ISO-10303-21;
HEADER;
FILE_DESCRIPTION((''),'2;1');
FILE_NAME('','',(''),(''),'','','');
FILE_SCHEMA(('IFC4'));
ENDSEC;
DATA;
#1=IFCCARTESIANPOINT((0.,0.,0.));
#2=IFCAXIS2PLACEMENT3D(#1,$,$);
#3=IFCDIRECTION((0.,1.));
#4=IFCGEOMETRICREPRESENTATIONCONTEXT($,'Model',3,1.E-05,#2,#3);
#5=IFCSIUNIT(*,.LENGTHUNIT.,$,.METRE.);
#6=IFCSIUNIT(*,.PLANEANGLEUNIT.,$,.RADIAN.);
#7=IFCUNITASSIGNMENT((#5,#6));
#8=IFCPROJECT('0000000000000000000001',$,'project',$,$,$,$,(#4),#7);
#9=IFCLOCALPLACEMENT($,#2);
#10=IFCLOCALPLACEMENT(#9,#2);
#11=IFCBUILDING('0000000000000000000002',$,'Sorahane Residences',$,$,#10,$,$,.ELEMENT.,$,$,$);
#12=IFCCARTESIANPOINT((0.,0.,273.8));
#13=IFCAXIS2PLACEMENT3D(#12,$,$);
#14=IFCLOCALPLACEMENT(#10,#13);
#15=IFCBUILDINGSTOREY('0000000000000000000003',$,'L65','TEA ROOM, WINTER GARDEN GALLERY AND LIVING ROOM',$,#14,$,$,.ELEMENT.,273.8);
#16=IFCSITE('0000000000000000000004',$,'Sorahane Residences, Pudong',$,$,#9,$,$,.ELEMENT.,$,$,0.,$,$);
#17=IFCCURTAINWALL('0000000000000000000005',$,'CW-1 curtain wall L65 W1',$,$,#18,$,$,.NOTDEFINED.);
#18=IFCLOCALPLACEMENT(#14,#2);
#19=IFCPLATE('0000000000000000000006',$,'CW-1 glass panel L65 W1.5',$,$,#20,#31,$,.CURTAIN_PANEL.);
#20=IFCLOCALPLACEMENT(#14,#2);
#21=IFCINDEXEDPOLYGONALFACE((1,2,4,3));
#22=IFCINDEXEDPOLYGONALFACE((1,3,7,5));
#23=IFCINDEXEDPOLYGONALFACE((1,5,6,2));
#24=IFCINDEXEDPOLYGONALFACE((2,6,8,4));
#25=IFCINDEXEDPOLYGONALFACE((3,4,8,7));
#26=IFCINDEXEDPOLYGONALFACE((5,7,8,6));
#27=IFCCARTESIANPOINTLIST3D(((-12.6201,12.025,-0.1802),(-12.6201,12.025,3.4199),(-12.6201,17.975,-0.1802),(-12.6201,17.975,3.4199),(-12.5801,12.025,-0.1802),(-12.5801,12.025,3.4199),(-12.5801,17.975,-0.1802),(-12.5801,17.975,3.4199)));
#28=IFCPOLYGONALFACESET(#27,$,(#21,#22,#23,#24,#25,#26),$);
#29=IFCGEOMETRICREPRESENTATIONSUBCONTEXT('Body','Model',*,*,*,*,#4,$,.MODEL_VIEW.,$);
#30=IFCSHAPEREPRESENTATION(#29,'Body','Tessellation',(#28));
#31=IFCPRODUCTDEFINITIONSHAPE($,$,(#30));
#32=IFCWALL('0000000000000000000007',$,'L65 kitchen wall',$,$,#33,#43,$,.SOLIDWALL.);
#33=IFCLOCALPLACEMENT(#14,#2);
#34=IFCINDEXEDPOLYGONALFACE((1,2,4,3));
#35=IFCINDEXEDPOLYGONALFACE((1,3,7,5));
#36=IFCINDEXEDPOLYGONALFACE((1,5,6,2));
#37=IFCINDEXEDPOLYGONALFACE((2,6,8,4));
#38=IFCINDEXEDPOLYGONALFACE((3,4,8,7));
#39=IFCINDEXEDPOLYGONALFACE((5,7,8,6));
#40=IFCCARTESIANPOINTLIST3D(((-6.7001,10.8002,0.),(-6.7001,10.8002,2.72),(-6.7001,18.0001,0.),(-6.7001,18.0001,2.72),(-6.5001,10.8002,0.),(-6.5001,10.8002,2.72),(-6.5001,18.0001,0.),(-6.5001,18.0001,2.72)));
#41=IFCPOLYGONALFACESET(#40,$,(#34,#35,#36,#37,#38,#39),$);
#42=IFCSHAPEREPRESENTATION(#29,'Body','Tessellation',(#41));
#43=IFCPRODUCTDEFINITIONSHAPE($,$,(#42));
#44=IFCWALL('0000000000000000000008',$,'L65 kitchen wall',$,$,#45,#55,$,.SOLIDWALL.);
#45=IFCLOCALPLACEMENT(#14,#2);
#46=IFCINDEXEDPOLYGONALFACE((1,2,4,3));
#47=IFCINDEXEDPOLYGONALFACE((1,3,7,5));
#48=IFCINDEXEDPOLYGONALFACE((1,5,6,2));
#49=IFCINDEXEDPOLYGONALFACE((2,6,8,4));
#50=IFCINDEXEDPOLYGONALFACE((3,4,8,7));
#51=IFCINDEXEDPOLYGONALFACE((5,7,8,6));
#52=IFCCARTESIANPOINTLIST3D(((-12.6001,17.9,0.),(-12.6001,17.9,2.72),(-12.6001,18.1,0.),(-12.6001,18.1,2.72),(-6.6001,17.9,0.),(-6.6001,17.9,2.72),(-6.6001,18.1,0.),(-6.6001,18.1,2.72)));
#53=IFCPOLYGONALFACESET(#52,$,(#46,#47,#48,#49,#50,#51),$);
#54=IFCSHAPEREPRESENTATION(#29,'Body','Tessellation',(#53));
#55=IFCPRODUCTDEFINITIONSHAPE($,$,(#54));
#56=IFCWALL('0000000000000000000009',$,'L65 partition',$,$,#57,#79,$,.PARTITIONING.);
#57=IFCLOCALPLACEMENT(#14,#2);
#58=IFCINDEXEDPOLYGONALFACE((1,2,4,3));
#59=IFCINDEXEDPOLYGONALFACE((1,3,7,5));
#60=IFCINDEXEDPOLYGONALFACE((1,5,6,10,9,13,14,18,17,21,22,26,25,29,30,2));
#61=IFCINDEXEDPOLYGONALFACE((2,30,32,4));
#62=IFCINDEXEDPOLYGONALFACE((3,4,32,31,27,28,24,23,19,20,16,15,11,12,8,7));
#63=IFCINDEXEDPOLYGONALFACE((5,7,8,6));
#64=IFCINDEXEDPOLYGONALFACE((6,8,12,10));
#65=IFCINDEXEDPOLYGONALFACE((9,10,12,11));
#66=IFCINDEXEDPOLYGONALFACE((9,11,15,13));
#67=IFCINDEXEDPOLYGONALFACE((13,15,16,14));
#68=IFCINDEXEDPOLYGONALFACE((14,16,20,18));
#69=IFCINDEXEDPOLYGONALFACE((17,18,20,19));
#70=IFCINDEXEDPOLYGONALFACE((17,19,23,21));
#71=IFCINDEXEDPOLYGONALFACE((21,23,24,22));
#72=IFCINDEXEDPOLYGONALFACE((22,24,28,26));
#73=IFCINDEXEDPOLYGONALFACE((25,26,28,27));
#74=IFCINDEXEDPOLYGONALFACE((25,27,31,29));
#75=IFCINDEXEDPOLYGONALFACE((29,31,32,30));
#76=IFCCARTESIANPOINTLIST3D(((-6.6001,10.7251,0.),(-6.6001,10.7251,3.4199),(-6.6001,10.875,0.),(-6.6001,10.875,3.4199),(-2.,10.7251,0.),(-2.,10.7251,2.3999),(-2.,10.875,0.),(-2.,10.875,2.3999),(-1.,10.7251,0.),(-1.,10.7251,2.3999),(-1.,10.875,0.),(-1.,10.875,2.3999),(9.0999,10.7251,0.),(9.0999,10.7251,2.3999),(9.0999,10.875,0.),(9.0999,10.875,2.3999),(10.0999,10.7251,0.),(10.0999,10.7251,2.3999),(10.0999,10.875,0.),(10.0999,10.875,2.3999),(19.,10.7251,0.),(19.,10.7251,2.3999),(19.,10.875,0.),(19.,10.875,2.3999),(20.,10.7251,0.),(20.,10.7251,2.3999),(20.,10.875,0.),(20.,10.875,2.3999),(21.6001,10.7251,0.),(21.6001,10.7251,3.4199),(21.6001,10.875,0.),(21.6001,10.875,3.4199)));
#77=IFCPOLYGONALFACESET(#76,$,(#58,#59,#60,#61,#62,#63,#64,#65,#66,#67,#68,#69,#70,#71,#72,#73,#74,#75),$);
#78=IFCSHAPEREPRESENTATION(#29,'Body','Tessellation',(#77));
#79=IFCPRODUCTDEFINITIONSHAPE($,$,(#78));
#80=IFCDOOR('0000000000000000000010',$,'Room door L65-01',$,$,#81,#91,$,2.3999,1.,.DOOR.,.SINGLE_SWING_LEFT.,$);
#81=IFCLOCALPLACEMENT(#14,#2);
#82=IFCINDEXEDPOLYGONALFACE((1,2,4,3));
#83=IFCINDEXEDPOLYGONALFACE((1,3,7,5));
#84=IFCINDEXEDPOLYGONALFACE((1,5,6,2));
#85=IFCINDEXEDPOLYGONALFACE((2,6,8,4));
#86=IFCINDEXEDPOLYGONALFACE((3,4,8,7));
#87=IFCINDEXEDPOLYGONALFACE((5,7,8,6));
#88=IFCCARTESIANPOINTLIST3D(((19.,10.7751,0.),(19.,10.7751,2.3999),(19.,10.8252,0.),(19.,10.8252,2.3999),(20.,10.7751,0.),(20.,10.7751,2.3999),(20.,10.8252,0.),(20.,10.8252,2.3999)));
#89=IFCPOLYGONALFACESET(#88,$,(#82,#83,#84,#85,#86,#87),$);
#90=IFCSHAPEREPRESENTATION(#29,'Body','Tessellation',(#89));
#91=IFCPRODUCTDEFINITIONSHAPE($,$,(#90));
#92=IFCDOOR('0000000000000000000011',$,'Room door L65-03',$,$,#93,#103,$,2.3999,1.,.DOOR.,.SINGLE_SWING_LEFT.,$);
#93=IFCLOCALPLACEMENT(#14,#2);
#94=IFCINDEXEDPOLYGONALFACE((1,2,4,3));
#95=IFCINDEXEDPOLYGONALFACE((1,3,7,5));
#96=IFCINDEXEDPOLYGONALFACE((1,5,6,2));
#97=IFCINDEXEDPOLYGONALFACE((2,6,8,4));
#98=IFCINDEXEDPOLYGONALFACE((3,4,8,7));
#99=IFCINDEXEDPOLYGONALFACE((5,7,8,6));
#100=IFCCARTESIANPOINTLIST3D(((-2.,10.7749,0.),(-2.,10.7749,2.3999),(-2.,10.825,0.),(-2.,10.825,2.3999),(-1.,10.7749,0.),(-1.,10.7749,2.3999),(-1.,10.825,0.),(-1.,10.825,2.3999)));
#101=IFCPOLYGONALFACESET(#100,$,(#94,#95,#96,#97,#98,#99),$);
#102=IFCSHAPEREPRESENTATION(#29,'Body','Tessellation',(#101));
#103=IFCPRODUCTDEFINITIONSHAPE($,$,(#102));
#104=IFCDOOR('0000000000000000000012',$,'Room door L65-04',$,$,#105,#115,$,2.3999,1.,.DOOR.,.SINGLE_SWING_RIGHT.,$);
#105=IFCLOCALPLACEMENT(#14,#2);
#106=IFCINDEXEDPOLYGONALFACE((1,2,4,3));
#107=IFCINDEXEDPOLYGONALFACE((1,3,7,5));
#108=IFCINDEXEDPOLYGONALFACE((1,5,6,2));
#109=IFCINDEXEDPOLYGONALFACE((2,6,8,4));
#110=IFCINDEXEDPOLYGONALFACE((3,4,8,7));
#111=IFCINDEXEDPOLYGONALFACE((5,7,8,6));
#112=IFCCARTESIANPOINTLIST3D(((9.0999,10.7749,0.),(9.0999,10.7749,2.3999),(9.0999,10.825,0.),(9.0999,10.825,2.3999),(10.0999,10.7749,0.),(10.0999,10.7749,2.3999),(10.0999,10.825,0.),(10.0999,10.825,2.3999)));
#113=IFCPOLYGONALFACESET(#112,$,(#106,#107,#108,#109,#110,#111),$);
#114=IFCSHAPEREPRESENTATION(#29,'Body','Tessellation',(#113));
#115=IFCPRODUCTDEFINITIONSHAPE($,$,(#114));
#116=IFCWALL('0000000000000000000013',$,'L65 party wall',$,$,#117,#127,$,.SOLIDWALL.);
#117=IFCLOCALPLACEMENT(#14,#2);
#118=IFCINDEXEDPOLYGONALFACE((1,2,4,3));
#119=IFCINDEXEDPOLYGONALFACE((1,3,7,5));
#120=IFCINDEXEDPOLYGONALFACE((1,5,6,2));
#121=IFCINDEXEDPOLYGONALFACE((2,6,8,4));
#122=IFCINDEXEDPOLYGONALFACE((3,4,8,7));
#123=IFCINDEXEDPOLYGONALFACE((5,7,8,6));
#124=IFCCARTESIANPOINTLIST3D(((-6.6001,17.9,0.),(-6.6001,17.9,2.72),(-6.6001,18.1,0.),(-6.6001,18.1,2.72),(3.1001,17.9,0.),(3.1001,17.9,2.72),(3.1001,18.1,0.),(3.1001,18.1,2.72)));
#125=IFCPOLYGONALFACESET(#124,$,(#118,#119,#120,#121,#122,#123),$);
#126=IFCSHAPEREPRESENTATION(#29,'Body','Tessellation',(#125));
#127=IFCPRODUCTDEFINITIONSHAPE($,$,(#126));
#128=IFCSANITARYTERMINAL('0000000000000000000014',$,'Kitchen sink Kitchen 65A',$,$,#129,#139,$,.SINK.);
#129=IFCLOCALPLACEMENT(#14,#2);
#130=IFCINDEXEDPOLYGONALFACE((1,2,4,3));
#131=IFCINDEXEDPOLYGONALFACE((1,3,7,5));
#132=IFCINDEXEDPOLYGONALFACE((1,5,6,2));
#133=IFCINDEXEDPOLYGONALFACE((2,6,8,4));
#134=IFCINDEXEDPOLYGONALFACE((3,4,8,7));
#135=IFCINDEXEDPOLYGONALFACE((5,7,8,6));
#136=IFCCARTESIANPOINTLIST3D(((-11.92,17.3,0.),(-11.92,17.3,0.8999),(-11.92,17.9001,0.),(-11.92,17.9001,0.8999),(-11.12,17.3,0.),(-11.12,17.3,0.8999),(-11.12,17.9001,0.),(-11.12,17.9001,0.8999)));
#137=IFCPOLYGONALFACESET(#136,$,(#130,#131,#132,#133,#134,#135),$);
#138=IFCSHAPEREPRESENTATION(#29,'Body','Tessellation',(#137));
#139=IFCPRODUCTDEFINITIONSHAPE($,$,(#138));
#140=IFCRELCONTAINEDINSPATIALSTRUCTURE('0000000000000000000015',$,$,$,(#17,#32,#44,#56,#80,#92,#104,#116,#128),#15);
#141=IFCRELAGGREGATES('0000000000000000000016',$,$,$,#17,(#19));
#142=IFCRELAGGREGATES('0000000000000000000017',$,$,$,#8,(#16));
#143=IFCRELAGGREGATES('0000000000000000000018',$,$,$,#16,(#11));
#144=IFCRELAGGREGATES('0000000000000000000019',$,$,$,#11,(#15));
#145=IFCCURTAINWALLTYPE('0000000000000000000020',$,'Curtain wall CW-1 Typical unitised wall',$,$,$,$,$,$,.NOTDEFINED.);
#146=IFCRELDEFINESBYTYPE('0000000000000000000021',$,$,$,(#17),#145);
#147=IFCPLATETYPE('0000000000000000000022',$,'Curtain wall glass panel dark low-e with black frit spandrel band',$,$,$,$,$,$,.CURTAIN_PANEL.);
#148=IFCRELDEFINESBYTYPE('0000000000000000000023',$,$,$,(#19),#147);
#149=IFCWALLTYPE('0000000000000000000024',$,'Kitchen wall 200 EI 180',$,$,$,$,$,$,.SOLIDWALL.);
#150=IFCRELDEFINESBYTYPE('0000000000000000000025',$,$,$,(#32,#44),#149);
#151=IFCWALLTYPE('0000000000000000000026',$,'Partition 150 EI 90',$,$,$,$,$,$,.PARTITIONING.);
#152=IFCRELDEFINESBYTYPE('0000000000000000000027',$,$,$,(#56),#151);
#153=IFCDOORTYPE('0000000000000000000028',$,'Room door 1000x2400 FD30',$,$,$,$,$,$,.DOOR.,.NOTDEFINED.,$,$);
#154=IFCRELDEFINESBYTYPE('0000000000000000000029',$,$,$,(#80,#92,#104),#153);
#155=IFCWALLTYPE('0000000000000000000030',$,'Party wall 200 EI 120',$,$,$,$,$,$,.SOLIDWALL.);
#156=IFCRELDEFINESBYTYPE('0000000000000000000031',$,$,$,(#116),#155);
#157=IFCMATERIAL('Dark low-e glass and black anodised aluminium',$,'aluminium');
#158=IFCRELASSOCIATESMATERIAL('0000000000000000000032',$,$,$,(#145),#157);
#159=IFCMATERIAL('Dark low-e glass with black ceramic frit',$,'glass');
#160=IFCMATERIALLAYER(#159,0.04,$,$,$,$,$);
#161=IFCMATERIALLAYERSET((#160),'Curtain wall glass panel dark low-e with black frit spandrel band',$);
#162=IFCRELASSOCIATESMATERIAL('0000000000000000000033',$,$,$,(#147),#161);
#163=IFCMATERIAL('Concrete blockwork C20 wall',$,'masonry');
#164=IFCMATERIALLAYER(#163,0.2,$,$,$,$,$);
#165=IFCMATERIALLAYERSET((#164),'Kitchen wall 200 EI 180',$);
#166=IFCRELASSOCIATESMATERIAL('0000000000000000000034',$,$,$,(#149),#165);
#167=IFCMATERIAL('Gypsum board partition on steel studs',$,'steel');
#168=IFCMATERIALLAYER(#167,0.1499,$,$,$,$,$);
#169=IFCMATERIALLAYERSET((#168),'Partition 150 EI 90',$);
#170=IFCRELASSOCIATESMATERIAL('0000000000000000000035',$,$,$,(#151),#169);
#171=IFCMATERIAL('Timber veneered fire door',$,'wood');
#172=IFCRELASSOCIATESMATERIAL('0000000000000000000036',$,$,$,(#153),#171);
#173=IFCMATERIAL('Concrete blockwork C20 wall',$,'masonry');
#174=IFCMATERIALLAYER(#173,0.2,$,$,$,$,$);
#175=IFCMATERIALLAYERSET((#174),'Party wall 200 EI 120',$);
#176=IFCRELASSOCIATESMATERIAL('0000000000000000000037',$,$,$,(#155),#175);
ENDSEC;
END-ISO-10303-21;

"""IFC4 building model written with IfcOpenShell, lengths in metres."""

from ifc_helpers import new_model, si_unit, direction, frame, frame_2d, origin, origin_2d, place, context, subcontext, project, spatial, rectangle, extrude, material, layer, layer_set, type_object, element, fill, aggregate, save


model = new_model("IFC4")

# Units and contexts
model_context = context("Model", 3, precision=1e-05, world=origin(), true_north=direction((0.0, 1.0)))
body_context = subcontext(model_context, "Body", "Model", "MODEL_VIEW")
ifc_project = project(units=[si_unit("LENGTHUNIT", "METRE"), si_unit("PLANEANGLEUNIT", "RADIAN")], contexts=[model_context])

# Site, building, storey
site_placement = place(None, origin())
site = spatial("IfcSite", under=ifc_project, at=site_placement, Name="Sorahane Residences, Pudong", CompositionType="ELEMENT", RefElevation=0.0)
building_placement = place(site_placement, origin())
building = spatial("IfcBuilding", under=site, at=building_placement, Name="Sorahane Residences", CompositionType="ELEMENT")
storey_placement = place(building_placement, frame((0.0, 0.0, 273.8)))
storey = spatial("IfcBuildingStorey", under=building, at=storey_placement, Name="L65", Description="TEA ROOM, WINTER GARDEN GALLERY AND LIVING ROOM", CompositionType="ELEMENT", Elevation=273.8)

# Curtain wall
ifc_material_1 = material(Name="Dark low-e glass and black anodised aluminium", Category="aluminium")
curtain_wall_type = type_object("IfcCurtainWallType", Name="Curtain wall CW-1 Typical unitised wall", PredefinedType="NOTDEFINED", material=ifc_material_1)
curtain_wall_placement = place(storey_placement, origin())
curtain_wall = element("IfcCurtainWall", 1, at=curtain_wall_placement, inside=storey, type_object=curtain_wall_type, Name="CW-1 curtain wall L65 W1", PredefinedType="NOTDEFINED")

# Plate
ifc_material_2 = material(Name="Dark low-e glass with black ceramic frit", Category="glass")
ifc_layer_1 = layer(ifc_material_2, 0.04)
ifc_layer_set_1 = layer_set([ifc_layer_1], Name="Curtain wall glass panel dark low-e with black frit spandrel band")
plate_type = type_object("IfcPlateType", Name="Curtain wall glass panel dark low-e with black frit spandrel band", PredefinedType="CURTAIN_PANEL", material=ifc_layer_set_1)
plate_placement = place(storey_placement, frame((-12.6001, 15.0, -0.1802), z_axis=(0.0, 0.0, 1.0), x_axis=(0.0, -1.0, 0.0)))
plate = element("IfcPlate", 2, at=plate_placement, type_object=plate_type, Name="CW-1 glass panel L65 W1.5", PredefinedType="CURTAIN_PANEL", context=body_context, shape_type="SweptSolid", body=[
    extrude(rectangle(XDim=5.95, YDim=0.04, at=origin_2d()), origin(), (0.0, 0.0, 1.0), 3.6001),
])
aggregate(curtain_wall, [plate])

# Walls
ifc_material_3 = material(Name="Concrete blockwork C20 wall", Category="masonry")
ifc_layer_2 = layer(ifc_material_3, 0.2)
ifc_layer_set_2 = layer_set([ifc_layer_2], Name="Kitchen wall 200 EI 180")
wall_type_1 = type_object("IfcWallType", Name="Kitchen wall 200 EI 180", PredefinedType="SOLIDWALL", material=ifc_layer_set_2)
wall_1_placement = place(storey_placement, frame((-6.6001, 10.8, 0.0), z_axis=(0.0, 0.0, 1.0), x_axis=(0.0, 1.0, 0.0)))
element("IfcWall", 3, at=wall_1_placement, inside=storey, type_object=wall_type_1, Name="L65 kitchen wall", PredefinedType="SOLIDWALL", context=body_context, shape_type="SweptSolid", body=[
    extrude(rectangle(XDim=7.2, YDim=0.2, at=frame_2d((3.6001, 0.0))), origin(), (0.0, 0.0, 1.0), 2.72),
])
wall_2_placement = place(storey_placement, frame((-12.6001, 18.0, 0.0), z_axis=(0.0, 0.0, 1.0), x_axis=(1.0, 0.0, 0.0)))
element("IfcWall", 4, at=wall_2_placement, inside=storey, type_object=wall_type_1, Name="L65 kitchen wall", PredefinedType="SOLIDWALL", context=body_context, shape_type="SweptSolid", body=[
    extrude(rectangle(XDim=6.0, YDim=0.2, at=frame_2d((3.0, 0.0))), origin(), (0.0, 0.0, 1.0), 2.72),
])

# Wall, openings, doors
ifc_material_4 = material(Name="Gypsum board partition on steel studs", Category="steel")
ifc_layer_3 = layer(ifc_material_4, 0.1499)
ifc_layer_set_3 = layer_set([ifc_layer_3], Name="Partition 150 EI 90")
wall_type_2 = type_object("IfcWallType", Name="Partition 150 EI 90", PredefinedType="PARTITIONING", material=ifc_layer_set_3)
wall_3_placement = place(storey_placement, frame((-6.6001, 10.8, 0.0), z_axis=(0.0, 0.0, 1.0), x_axis=(1.0, 0.0, 0.0)))
wall_3 = element("IfcWall", 5, at=wall_3_placement, inside=storey, type_object=wall_type_2, Name="L65 partition", PredefinedType="PARTITIONING", context=body_context, shape_type="SweptSolid", body=[
    extrude(rectangle(XDim=28.2002, YDim=0.1499, at=frame_2d((14.1001, 0.0))), origin(), (0.0, 0.0, 1.0), 3.4199),
])
opening_1_placement = place(wall_3_placement, frame((25.6001, 0.0, 0.0)))
opening_1 = element("IfcOpeningElement", 6, at=opening_1_placement, cuts=wall_3, PredefinedType="OPENING", context=body_context, shape_type="SweptSolid", body=[
    extrude(rectangle(XDim=1.0, YDim=2.3999, at=frame_2d((0.5, 1.2))), frame((0.0, 0.085, 0.0), z_axis=(0.0, -1.0, 0.0), x_axis=(1.0, 0.0, 0.0)), (0.0, 0.0, 1.0), 0.1699),
])
opening_2_placement = place(wall_3_placement, frame((4.6001, 0.0, 0.0)))
opening_2 = element("IfcOpeningElement", 7, at=opening_2_placement, cuts=wall_3, PredefinedType="OPENING", context=body_context, shape_type="SweptSolid", body=[
    extrude(rectangle(XDim=1.0, YDim=2.3999, at=frame_2d((0.5, 1.2))), frame((0.0, 0.085, 0.0), z_axis=(0.0, -1.0, 0.0), x_axis=(1.0, 0.0, 0.0)), (0.0, 0.0, 1.0), 0.1699),
])
opening_3_placement = place(wall_3_placement, frame((15.7, 0.0, 0.0)))
opening_3 = element("IfcOpeningElement", 8, at=opening_3_placement, cuts=wall_3, PredefinedType="OPENING", context=body_context, shape_type="SweptSolid", body=[
    extrude(rectangle(XDim=1.0, YDim=2.3999, at=frame_2d((0.5, 1.2))), frame((0.0, 0.085, 0.0), z_axis=(0.0, -1.0, 0.0), x_axis=(1.0, 0.0, 0.0)), (0.0, 0.0, 1.0), 0.1699),
])
ifc_material_5 = material(Name="Timber veneered fire door", Category="wood")
door_type_1 = type_object("IfcDoorType", Name="Room door 1000x2400 FD30", OperationType="NOTDEFINED", PredefinedType="DOOR", material=ifc_material_5)
door_1_placement = place(opening_1_placement, frame((1.0, 0.0, 0.0), z_axis=(0.0, 0.0, 1.0), x_axis=(-1.0, 0.0, 0.0)))
door_1 = element("IfcDoor", 9, at=door_1_placement, inside=storey, type_object=door_type_1, Name="Room door L65-01", OperationType="SINGLE_SWING_LEFT", OverallHeight=2.3999, OverallWidth=1.0, PredefinedType="DOOR", context=body_context, shape_type="SweptSolid", body=[
    extrude(rectangle(XDim=1.0, YDim=2.3999, at=frame_2d((0.5, 1.2))), frame((0.0, 0.0249, 0.0), z_axis=(0.0, -1.0, 0.0), x_axis=(1.0, 0.0, 0.0)), (0.0, 0.0, 1.0), 0.05),
])
fill(opening_1, door_1)
door_2_placement = place(opening_2_placement, origin())
door_2 = element("IfcDoor", 10, at=door_2_placement, inside=storey, type_object=door_type_1, Name="Room door L65-03", OperationType="SINGLE_SWING_LEFT", OverallHeight=2.3999, OverallWidth=1.0, PredefinedType="DOOR", context=body_context, shape_type="SweptSolid", body=[
    extrude(rectangle(XDim=1.0, YDim=2.3999, at=frame_2d((0.5, 1.2))), frame((0.0, 0.0249, 0.0), z_axis=(0.0, -1.0, 0.0), x_axis=(1.0, 0.0, 0.0)), (0.0, 0.0, 1.0), 0.05),
])
fill(opening_2, door_2)
door_3_placement = place(opening_3_placement, origin())
door_3 = element("IfcDoor", 11, at=door_3_placement, inside=storey, type_object=door_type_1, Name="Room door L65-04", OperationType="SINGLE_SWING_RIGHT", OverallHeight=2.3999, OverallWidth=1.0, PredefinedType="DOOR", context=body_context, shape_type="SweptSolid", body=[
    extrude(rectangle(XDim=1.0, YDim=2.3999, at=frame_2d((0.5, 1.2))), frame((0.0, 0.0249, 0.0), z_axis=(0.0, -1.0, 0.0), x_axis=(1.0, 0.0, 0.0)), (0.0, 0.0, 1.0), 0.05),
])
fill(opening_3, door_3)

# Wall
ifc_material_6 = material(Name="Concrete blockwork C20 wall", Category="masonry")
ifc_layer_4 = layer(ifc_material_6, 0.2)
ifc_layer_set_4 = layer_set([ifc_layer_4], Name="Party wall 200 EI 120")
wall_type_3 = type_object("IfcWallType", Name="Party wall 200 EI 120", PredefinedType="SOLIDWALL", material=ifc_layer_set_4)
wall_4_placement = place(storey_placement, frame((-6.6001, 18.0, 0.0), z_axis=(0.0, 0.0, 1.0), x_axis=(1.0, 0.0, 0.0)))
element("IfcWall", 12, at=wall_4_placement, inside=storey, type_object=wall_type_3, Name="L65 party wall", PredefinedType="SOLIDWALL", context=body_context, shape_type="SweptSolid", body=[
    extrude(rectangle(XDim=9.7002, YDim=0.2, at=frame_2d((4.8501, 0.0))), origin(), (0.0, 0.0, 1.0), 2.72),
])

# Sanitary terminal
sanitary_terminal_placement = place(storey_placement, frame((-11.52, 17.6001, 0.0), z_axis=(0.0, 0.0, 1.0), x_axis=(1.0, 0.0, 0.0)))
element("IfcSanitaryTerminal", 13, at=sanitary_terminal_placement, inside=storey, Name="Kitchen sink Kitchen 65A", PredefinedType="SINK", context=body_context, shape_type="SweptSolid", body=[
    extrude(rectangle(XDim=0.8, YDim=0.6001, at=origin_2d()), origin(), (0.0, 0.0, 1.0), 0.8999),
])

save(model, "model.ifc")
